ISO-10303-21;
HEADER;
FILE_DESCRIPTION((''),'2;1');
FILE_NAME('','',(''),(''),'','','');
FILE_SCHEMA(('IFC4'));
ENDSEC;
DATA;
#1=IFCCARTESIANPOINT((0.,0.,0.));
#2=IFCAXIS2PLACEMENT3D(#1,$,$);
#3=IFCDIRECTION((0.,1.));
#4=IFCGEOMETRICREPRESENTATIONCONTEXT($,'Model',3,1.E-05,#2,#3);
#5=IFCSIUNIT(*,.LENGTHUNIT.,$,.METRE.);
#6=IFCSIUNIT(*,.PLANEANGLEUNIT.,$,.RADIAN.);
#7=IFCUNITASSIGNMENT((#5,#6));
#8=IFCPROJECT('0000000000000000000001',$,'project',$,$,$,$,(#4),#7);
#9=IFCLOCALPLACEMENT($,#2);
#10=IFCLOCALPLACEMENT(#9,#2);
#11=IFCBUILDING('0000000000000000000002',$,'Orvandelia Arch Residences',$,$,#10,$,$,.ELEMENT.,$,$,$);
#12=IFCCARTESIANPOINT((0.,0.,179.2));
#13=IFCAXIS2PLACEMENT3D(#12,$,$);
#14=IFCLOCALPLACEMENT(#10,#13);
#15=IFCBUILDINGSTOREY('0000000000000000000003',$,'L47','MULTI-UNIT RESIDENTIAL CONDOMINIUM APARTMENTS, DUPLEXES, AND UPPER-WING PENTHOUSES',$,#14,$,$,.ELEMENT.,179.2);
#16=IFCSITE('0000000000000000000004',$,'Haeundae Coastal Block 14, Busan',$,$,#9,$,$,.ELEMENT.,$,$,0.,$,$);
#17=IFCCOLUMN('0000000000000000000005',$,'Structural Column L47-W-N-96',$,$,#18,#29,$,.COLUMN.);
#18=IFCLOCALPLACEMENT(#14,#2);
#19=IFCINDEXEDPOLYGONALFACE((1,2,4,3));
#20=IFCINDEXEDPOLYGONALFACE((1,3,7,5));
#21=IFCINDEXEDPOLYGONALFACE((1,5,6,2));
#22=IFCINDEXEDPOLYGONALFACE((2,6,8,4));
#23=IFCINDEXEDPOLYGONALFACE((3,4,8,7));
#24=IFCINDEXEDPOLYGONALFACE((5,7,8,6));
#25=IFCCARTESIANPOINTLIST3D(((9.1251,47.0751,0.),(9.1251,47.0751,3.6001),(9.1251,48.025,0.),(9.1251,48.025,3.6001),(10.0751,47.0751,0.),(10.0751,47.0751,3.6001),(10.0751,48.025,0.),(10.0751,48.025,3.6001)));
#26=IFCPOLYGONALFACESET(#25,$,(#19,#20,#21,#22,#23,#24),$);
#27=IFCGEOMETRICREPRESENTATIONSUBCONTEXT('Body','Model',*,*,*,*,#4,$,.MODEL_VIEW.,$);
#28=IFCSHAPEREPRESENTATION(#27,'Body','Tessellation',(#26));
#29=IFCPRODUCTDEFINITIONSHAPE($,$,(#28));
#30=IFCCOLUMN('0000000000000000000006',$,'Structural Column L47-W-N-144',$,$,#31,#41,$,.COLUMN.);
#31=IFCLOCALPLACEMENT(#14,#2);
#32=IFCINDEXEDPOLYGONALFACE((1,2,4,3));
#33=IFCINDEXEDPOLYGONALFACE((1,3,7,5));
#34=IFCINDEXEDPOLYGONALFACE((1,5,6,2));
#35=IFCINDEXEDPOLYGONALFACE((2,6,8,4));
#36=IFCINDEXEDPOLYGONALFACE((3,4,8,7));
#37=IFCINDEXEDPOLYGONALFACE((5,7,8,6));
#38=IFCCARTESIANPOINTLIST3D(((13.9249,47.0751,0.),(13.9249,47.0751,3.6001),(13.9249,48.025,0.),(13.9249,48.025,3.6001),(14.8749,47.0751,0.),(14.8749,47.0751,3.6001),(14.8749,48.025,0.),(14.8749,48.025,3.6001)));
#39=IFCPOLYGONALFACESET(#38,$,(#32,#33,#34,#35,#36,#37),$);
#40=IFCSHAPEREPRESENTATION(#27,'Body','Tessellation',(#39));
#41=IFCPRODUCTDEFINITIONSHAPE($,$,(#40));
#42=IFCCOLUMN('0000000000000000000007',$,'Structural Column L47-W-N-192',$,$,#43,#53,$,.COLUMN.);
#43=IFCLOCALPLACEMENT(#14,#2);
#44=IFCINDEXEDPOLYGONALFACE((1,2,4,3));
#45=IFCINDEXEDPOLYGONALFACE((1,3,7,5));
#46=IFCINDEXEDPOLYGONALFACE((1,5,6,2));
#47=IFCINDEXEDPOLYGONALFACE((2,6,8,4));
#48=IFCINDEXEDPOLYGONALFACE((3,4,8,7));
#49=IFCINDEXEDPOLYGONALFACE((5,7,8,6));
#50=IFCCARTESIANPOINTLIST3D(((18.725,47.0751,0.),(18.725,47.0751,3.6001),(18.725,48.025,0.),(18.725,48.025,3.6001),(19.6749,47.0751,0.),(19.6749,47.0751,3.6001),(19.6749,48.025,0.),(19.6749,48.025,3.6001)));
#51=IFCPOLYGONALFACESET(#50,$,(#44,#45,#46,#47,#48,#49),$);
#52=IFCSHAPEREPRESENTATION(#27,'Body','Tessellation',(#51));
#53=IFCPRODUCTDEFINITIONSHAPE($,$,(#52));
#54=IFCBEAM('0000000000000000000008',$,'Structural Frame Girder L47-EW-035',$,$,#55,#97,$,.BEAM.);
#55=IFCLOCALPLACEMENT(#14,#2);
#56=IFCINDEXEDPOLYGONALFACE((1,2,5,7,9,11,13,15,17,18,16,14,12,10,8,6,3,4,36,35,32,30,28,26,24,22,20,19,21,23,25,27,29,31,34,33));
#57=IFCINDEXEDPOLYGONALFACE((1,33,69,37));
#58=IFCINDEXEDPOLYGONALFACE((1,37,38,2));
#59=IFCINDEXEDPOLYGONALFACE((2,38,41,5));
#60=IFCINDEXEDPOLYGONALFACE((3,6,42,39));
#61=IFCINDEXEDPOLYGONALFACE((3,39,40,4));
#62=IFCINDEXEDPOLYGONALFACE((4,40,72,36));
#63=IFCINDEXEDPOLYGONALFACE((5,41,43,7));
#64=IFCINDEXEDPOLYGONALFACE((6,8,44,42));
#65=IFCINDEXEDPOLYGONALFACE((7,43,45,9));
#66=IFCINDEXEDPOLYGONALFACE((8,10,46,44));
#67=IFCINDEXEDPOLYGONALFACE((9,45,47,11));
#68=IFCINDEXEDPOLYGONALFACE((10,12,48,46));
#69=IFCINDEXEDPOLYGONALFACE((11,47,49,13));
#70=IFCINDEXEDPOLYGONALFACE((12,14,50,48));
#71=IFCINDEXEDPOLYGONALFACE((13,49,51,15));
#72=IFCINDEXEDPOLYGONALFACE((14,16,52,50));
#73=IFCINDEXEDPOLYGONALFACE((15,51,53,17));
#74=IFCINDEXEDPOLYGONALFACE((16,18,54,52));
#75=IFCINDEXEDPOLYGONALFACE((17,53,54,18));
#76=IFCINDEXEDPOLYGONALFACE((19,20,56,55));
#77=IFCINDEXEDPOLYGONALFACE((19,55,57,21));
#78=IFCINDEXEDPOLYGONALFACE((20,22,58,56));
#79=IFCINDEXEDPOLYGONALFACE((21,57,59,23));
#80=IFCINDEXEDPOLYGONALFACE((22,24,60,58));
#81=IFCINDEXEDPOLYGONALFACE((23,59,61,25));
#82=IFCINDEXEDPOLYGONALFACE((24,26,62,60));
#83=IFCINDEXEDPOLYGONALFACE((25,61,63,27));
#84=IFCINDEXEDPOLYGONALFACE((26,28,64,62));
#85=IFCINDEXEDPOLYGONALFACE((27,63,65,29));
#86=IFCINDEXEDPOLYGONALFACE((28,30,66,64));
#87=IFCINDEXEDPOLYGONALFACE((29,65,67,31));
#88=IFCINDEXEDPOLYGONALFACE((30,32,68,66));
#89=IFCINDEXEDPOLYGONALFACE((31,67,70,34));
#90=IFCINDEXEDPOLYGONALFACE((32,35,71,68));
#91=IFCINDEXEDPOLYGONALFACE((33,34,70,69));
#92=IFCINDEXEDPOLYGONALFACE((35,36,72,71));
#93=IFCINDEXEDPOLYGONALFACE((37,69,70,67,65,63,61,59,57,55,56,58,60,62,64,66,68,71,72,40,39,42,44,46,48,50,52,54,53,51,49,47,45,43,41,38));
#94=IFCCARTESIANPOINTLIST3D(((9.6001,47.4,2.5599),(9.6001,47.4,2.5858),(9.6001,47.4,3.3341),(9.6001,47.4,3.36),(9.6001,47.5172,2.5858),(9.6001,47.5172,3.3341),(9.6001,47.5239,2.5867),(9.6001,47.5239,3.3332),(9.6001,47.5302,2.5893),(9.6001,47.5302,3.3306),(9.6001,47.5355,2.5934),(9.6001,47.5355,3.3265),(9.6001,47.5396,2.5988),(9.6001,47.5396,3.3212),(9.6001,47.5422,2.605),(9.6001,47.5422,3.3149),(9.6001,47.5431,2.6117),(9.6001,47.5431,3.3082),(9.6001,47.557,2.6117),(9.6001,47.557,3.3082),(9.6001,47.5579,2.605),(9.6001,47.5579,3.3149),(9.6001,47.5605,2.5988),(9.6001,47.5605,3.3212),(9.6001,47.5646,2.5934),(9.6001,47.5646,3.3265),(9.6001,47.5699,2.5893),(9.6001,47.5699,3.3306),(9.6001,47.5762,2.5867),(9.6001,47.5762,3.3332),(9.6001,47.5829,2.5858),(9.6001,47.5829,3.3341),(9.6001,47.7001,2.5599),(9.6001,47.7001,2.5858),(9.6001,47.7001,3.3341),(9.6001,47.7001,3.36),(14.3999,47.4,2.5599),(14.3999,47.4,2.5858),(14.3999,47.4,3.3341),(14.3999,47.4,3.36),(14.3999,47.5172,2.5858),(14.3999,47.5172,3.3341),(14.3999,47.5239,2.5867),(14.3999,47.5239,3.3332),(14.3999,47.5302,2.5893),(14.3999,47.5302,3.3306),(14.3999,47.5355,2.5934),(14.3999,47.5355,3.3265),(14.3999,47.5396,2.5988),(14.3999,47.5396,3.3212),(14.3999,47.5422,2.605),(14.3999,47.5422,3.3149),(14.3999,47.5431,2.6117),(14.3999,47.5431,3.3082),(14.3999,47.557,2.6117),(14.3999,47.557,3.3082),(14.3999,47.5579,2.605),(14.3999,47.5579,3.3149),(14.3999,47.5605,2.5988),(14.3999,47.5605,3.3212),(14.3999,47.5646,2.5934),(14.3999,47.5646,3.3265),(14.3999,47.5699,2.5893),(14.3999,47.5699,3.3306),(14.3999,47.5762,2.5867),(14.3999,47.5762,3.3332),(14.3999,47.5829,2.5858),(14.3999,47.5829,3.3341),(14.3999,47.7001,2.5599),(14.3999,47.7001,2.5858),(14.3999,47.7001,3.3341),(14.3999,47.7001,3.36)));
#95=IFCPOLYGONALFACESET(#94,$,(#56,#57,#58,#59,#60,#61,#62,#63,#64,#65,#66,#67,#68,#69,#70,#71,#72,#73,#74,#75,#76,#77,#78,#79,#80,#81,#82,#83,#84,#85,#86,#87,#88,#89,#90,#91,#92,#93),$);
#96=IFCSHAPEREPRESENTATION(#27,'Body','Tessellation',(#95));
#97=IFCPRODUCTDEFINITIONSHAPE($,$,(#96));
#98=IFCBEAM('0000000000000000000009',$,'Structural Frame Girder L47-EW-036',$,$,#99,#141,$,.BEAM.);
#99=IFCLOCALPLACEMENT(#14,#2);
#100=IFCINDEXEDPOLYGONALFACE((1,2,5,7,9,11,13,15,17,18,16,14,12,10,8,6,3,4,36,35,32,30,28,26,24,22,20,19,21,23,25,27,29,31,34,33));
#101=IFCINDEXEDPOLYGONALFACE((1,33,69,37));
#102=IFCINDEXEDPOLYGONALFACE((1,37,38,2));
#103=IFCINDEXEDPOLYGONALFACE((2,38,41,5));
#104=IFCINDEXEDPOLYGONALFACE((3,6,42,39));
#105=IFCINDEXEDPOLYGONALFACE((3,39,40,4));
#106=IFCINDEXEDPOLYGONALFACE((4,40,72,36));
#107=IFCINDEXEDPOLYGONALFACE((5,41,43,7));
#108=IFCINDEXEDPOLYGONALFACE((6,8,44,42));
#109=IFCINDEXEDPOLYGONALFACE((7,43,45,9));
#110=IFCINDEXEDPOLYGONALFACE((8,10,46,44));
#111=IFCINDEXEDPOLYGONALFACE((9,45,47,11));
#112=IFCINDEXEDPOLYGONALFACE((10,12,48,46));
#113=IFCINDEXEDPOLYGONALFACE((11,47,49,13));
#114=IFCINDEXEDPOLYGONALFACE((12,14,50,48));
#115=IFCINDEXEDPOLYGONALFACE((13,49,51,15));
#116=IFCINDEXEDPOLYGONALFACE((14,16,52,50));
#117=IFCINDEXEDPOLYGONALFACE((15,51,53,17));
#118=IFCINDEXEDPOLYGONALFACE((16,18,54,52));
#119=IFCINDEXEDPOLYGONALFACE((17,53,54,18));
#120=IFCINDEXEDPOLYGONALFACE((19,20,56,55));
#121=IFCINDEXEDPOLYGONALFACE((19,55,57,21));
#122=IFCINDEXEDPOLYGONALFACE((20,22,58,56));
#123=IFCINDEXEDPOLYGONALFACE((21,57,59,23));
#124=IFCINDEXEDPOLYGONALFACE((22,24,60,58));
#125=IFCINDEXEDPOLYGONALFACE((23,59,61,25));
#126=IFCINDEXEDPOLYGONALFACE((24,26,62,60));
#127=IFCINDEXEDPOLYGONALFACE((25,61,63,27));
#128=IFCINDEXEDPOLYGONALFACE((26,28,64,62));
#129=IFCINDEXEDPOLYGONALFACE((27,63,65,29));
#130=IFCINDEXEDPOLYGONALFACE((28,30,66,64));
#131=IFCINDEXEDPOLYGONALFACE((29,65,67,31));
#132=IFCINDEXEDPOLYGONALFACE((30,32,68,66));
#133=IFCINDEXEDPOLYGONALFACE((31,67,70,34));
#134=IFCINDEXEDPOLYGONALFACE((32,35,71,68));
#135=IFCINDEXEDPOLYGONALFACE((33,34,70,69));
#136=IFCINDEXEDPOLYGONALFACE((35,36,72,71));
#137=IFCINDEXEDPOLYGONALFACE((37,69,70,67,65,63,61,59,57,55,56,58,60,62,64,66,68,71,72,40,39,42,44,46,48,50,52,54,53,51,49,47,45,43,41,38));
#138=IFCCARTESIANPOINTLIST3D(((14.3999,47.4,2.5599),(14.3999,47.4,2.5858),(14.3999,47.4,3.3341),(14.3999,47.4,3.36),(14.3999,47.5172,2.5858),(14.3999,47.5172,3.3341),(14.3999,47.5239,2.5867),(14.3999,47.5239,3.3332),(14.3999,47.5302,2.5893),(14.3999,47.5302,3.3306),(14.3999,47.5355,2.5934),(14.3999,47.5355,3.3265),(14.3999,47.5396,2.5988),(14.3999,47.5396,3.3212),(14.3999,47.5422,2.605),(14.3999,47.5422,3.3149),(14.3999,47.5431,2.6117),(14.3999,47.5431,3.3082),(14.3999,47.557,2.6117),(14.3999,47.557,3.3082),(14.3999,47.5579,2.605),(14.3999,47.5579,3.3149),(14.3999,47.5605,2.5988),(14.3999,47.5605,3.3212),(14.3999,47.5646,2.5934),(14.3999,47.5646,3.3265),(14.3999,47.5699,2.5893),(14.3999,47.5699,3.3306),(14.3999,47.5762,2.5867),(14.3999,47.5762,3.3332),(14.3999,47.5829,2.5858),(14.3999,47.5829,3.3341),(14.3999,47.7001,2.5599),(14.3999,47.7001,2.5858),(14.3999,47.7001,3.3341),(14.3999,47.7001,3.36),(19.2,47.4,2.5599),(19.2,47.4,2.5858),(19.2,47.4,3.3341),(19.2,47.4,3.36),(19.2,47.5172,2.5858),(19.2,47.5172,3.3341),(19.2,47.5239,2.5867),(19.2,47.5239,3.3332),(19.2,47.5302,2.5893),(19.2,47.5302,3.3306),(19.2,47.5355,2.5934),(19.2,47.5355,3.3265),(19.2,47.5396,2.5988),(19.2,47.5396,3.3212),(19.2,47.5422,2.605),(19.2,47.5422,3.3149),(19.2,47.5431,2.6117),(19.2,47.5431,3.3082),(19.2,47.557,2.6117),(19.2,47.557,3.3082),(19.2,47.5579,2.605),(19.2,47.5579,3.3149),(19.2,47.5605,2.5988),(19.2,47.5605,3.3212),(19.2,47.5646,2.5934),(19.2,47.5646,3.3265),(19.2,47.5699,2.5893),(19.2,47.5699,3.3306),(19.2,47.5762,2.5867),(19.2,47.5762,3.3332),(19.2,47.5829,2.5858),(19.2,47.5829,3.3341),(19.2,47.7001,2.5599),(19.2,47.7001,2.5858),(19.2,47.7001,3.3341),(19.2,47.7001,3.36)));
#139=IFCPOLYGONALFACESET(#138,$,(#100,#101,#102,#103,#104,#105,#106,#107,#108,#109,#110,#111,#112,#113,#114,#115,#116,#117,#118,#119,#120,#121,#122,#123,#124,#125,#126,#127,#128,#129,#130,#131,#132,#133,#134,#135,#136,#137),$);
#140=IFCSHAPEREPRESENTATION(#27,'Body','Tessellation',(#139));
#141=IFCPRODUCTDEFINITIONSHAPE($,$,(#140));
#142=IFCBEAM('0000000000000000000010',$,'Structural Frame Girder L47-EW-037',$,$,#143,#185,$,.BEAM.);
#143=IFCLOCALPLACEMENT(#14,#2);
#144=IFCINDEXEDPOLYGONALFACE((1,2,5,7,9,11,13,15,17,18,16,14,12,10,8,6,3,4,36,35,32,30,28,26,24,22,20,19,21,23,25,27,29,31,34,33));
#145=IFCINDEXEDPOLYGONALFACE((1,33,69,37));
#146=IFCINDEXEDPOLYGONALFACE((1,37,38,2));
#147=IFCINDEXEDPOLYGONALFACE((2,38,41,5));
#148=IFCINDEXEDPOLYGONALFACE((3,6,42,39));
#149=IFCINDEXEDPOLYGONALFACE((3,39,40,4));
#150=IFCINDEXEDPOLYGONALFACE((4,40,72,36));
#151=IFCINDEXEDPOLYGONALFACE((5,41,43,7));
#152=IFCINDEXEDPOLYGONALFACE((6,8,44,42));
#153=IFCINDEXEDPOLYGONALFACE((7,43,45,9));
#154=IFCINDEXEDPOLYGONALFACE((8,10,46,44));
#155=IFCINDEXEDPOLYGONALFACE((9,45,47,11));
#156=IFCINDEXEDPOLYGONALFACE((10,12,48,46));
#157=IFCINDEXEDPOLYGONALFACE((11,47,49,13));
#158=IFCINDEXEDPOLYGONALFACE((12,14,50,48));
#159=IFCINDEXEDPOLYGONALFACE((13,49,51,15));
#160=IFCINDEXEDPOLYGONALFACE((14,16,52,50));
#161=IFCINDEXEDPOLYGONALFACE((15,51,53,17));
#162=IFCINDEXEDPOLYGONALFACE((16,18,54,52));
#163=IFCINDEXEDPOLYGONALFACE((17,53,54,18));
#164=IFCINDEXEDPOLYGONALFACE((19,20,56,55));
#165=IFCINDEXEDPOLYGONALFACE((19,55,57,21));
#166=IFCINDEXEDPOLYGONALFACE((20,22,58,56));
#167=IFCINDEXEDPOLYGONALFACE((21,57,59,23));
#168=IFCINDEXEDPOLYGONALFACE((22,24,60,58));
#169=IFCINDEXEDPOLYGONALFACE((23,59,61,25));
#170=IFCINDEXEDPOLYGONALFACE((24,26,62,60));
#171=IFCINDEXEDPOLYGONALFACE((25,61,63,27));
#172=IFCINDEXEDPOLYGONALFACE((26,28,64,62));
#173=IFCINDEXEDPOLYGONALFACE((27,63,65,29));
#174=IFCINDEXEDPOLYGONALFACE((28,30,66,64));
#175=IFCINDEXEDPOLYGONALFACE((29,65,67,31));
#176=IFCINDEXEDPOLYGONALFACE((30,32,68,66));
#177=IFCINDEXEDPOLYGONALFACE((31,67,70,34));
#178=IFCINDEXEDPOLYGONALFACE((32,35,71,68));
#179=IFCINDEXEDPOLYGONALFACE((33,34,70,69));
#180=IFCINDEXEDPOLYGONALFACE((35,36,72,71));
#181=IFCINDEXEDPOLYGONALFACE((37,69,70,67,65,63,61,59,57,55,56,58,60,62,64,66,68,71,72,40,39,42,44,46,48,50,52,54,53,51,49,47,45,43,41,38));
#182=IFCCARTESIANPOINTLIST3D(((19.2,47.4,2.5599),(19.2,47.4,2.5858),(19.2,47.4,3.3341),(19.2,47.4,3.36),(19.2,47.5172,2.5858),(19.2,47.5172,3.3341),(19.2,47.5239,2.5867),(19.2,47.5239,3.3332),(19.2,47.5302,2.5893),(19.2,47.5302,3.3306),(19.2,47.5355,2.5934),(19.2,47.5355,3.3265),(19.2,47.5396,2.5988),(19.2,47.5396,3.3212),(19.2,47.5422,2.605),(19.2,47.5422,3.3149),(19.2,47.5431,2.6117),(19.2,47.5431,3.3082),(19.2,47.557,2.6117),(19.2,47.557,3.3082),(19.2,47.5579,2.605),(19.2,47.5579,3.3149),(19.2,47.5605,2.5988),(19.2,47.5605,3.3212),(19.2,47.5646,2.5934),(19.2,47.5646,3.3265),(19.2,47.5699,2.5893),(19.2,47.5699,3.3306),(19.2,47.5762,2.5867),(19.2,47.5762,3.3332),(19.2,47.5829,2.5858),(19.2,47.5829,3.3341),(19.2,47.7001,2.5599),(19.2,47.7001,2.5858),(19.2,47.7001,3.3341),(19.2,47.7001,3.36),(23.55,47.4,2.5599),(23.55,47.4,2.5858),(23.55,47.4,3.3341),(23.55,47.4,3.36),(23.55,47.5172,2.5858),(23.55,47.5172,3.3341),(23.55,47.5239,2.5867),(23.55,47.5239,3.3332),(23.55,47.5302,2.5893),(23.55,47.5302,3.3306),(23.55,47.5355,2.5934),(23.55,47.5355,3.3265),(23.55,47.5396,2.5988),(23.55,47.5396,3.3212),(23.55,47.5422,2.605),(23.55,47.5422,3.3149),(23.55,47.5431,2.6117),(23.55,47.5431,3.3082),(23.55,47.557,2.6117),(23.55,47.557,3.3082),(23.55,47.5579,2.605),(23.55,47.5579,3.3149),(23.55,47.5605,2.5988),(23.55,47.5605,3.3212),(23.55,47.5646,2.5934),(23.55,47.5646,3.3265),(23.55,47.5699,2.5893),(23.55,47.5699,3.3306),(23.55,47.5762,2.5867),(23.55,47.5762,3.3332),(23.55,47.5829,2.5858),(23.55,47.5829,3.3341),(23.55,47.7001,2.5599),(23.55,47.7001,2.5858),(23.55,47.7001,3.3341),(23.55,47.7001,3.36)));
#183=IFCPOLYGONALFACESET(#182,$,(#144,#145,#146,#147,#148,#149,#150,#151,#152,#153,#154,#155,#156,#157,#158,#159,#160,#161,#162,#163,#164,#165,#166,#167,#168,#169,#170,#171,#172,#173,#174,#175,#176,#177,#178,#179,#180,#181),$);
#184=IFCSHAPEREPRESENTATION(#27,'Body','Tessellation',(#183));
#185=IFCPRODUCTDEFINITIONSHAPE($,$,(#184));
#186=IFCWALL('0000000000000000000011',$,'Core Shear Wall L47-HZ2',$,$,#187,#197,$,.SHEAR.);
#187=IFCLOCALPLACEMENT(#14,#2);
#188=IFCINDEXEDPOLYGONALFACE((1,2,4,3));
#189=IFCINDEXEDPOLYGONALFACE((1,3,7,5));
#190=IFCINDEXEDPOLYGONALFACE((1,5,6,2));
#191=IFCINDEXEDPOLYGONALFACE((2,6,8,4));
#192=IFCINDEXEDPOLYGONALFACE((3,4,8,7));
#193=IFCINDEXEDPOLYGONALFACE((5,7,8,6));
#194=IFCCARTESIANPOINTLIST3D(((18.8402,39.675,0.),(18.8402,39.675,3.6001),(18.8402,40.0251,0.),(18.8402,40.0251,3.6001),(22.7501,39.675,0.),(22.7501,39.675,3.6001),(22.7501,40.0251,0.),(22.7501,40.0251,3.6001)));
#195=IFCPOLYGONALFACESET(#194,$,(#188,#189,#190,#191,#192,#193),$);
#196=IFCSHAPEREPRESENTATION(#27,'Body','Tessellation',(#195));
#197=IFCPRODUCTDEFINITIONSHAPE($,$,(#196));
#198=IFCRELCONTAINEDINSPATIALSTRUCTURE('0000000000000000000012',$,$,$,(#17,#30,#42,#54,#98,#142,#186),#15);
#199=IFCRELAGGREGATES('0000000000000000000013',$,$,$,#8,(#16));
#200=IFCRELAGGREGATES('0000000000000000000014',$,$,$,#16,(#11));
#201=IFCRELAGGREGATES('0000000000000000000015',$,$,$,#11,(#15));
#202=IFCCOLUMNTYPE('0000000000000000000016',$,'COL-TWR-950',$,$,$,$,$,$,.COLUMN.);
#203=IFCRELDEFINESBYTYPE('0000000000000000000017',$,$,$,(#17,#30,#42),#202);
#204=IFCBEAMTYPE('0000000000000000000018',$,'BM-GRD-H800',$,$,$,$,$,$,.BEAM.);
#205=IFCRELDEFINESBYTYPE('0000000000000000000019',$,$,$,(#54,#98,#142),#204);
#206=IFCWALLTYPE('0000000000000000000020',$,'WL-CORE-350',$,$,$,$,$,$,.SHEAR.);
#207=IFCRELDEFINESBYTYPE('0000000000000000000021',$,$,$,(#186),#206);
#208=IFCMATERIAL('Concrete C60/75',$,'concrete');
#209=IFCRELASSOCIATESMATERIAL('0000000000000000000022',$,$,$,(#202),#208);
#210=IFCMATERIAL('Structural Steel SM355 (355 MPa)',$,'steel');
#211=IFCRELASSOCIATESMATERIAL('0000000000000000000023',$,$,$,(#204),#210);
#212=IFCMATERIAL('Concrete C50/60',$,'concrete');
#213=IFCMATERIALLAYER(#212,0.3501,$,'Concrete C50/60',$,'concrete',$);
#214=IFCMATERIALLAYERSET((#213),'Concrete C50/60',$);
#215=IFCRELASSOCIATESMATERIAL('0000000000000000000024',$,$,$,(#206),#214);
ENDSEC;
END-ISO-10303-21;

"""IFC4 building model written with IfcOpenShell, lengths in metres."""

from ifc_helpers import new_model, si_unit, direction, frame, frame_2d, origin, origin_2d, place, context, subcontext, project, spatial, rectangle, i_section, extrude, material, layer, layer_set, material_profile, profile_set, type_object, element, save


model = new_model("IFC4")

# Units and contexts
model_context = context("Model", 3, precision=1e-05, world=origin(), true_north=direction((0.0, 1.0)))
body_context = subcontext(model_context, "Body", "Model", "MODEL_VIEW")
ifc_project = project(units=[si_unit("LENGTHUNIT", "METRE"), si_unit("PLANEANGLEUNIT", "RADIAN")], contexts=[model_context])

# Site, building, storey
site_placement = place(None, origin())
site = spatial("IfcSite", under=ifc_project, at=site_placement, Name="Haeundae Coastal Block 14, Busan", CompositionType="ELEMENT", RefElevation=0.0)
building_placement = place(site_placement, origin())
building = spatial("IfcBuilding", under=site, at=building_placement, Name="Orvandelia Arch Residences", CompositionType="ELEMENT")
storey_placement = place(building_placement, frame((0.0, 0.0, 179.2)))
storey = spatial("IfcBuildingStorey", under=building, at=storey_placement, Name="L47", Description="MULTI-UNIT RESIDENTIAL CONDOMINIUM APARTMENTS, DUPLEXES, AND UPPER-WING PENTHOUSES", CompositionType="ELEMENT", Elevation=179.2)

# Columns
ifc_material_1 = material(Name="Concrete C60/75", Category="concrete")
ifc_material_profile_1 = material_profile(ifc_material_1, rectangle(XDim=0.95, YDim=0.95, at=origin_2d()), Name="Concrete C60/75", Category="concrete")
ifc_profile_set_1 = profile_set([ifc_material_profile_1], Name="Concrete C60/75")
column_type = type_object("IfcColumnType", Name="COL-TWR-950", PredefinedType="COLUMN", material=ifc_profile_set_1)
for number, where, z_axis, x_axis, name in (
    (1, (9.6001, 47.55, 0.0), (0.0, 0.0, 1.0), (1.0, 0.0, 0.0), "Structural Column L47-W-N-96"),
    (2, (14.3999, 47.55, 0.0), (0.0, 0.0, 1.0), (1.0, 0.0, 0.0), "Structural Column L47-W-N-144"),
    (3, (19.2, 47.55, 0.0), (0.0, 0.0, 1.0), (1.0, 0.0, 0.0), "Structural Column L47-W-N-192"),
):
    element("IfcColumn", number, at=place(storey_placement, frame(where, z_axis=z_axis, x_axis=x_axis)), inside=storey, type_object=column_type, Name=name, PredefinedType="COLUMN", context=body_context, shape_type="SweptSolid", body=[
        extrude(rectangle(XDim=0.95, YDim=0.95, at=origin_2d()), origin(), (0.0, 0.0, 1.0), 3.6001),
    ])

# Beams
ifc_material_2 = material(Name="Structural Steel SM355 (355 MPa)", Category="steel")
ifc_material_profile_2 = material_profile(ifc_material_2, i_section(OverallWidth=0.3, OverallDepth=0.8, WebThickness=0.0139, FlangeThickness=0.0259, FilletRadius=0.0259, at=origin_2d()), Name="Structural Steel SM355 (355 MPa)", Category="steel")
ifc_profile_set_2 = profile_set([ifc_material_profile_2], Name="Structural Steel SM355 (355 MPa)")
beam_type = type_object("IfcBeamType", Name="BM-GRD-H800", PredefinedType="BEAM", material=ifc_profile_set_2)
beam_1_placement = place(storey_placement, frame((9.6001, 47.55, 2.96), z_axis=(1.0, 0.0, 0.0), x_axis=(0.0, 1.0, 0.0)))
element("IfcBeam", 4, at=beam_1_placement, inside=storey, type_object=beam_type, Name="Structural Frame Girder L47-EW-035", PredefinedType="BEAM", context=body_context, shape_type="SweptSolid", body=[
    extrude(i_section(OverallWidth=0.3, OverallDepth=0.8, WebThickness=0.0139, FlangeThickness=0.0259, FilletRadius=0.0259, at=origin_2d()), origin(), (0.0, 0.0, 1.0), 4.7998),
])
beam_2_placement = place(storey_placement, frame((14.3999, 47.55, 2.96), z_axis=(1.0, 0.0, 0.0), x_axis=(0.0, 1.0, 0.0)))
element("IfcBeam", 5, at=beam_2_placement, inside=storey, type_object=beam_type, Name="Structural Frame Girder L47-EW-036", PredefinedType="BEAM", context=body_context, shape_type="SweptSolid", body=[
    extrude(i_section(OverallWidth=0.3, OverallDepth=0.8, WebThickness=0.0139, FlangeThickness=0.0259, FilletRadius=0.0259, at=origin_2d()), origin(), (0.0, 0.0, 1.0), 4.8),
])
beam_3_placement = place(storey_placement, frame((19.2, 47.55, 2.96), z_axis=(1.0, 0.0, 0.0), x_axis=(0.0, 1.0, 0.0)))
element("IfcBeam", 6, at=beam_3_placement, inside=storey, type_object=beam_type, Name="Structural Frame Girder L47-EW-037", PredefinedType="BEAM", context=body_context, shape_type="SweptSolid", body=[
    extrude(i_section(OverallWidth=0.3, OverallDepth=0.8, WebThickness=0.0139, FlangeThickness=0.0259, FilletRadius=0.0259, at=origin_2d()), origin(), (0.0, 0.0, 1.0), 4.3501),
])

# Wall
ifc_material_3 = material(Name="Concrete C50/60", Category="concrete")
ifc_layer_1 = layer(ifc_material_3, 0.3501, Name="Concrete C50/60", Category="concrete")
ifc_layer_set_1 = layer_set([ifc_layer_1], Name="Concrete C50/60")
wall_type_1 = type_object("IfcWallType", Name="WL-CORE-350", PredefinedType="SHEAR", material=ifc_layer_set_1)
wall_1_placement = place(storey_placement, frame((18.8401, 39.8501, 0.0), z_axis=(0.0, 0.0, 1.0), x_axis=(1.0, 0.0, 0.0)))
element("IfcWall", 7, at=wall_1_placement, inside=storey, type_object=wall_type_1, Name="Core Shear Wall L47-HZ2", PredefinedType="SHEAR", context=body_context, shape_type="SweptSolid", body=[
    extrude(rectangle(XDim=3.9099, YDim=0.3501, at=frame_2d((1.9551, 0.0))), origin(), (0.0, 0.0, 1.0), 3.6001),
])

save(model, "model.ifc")
